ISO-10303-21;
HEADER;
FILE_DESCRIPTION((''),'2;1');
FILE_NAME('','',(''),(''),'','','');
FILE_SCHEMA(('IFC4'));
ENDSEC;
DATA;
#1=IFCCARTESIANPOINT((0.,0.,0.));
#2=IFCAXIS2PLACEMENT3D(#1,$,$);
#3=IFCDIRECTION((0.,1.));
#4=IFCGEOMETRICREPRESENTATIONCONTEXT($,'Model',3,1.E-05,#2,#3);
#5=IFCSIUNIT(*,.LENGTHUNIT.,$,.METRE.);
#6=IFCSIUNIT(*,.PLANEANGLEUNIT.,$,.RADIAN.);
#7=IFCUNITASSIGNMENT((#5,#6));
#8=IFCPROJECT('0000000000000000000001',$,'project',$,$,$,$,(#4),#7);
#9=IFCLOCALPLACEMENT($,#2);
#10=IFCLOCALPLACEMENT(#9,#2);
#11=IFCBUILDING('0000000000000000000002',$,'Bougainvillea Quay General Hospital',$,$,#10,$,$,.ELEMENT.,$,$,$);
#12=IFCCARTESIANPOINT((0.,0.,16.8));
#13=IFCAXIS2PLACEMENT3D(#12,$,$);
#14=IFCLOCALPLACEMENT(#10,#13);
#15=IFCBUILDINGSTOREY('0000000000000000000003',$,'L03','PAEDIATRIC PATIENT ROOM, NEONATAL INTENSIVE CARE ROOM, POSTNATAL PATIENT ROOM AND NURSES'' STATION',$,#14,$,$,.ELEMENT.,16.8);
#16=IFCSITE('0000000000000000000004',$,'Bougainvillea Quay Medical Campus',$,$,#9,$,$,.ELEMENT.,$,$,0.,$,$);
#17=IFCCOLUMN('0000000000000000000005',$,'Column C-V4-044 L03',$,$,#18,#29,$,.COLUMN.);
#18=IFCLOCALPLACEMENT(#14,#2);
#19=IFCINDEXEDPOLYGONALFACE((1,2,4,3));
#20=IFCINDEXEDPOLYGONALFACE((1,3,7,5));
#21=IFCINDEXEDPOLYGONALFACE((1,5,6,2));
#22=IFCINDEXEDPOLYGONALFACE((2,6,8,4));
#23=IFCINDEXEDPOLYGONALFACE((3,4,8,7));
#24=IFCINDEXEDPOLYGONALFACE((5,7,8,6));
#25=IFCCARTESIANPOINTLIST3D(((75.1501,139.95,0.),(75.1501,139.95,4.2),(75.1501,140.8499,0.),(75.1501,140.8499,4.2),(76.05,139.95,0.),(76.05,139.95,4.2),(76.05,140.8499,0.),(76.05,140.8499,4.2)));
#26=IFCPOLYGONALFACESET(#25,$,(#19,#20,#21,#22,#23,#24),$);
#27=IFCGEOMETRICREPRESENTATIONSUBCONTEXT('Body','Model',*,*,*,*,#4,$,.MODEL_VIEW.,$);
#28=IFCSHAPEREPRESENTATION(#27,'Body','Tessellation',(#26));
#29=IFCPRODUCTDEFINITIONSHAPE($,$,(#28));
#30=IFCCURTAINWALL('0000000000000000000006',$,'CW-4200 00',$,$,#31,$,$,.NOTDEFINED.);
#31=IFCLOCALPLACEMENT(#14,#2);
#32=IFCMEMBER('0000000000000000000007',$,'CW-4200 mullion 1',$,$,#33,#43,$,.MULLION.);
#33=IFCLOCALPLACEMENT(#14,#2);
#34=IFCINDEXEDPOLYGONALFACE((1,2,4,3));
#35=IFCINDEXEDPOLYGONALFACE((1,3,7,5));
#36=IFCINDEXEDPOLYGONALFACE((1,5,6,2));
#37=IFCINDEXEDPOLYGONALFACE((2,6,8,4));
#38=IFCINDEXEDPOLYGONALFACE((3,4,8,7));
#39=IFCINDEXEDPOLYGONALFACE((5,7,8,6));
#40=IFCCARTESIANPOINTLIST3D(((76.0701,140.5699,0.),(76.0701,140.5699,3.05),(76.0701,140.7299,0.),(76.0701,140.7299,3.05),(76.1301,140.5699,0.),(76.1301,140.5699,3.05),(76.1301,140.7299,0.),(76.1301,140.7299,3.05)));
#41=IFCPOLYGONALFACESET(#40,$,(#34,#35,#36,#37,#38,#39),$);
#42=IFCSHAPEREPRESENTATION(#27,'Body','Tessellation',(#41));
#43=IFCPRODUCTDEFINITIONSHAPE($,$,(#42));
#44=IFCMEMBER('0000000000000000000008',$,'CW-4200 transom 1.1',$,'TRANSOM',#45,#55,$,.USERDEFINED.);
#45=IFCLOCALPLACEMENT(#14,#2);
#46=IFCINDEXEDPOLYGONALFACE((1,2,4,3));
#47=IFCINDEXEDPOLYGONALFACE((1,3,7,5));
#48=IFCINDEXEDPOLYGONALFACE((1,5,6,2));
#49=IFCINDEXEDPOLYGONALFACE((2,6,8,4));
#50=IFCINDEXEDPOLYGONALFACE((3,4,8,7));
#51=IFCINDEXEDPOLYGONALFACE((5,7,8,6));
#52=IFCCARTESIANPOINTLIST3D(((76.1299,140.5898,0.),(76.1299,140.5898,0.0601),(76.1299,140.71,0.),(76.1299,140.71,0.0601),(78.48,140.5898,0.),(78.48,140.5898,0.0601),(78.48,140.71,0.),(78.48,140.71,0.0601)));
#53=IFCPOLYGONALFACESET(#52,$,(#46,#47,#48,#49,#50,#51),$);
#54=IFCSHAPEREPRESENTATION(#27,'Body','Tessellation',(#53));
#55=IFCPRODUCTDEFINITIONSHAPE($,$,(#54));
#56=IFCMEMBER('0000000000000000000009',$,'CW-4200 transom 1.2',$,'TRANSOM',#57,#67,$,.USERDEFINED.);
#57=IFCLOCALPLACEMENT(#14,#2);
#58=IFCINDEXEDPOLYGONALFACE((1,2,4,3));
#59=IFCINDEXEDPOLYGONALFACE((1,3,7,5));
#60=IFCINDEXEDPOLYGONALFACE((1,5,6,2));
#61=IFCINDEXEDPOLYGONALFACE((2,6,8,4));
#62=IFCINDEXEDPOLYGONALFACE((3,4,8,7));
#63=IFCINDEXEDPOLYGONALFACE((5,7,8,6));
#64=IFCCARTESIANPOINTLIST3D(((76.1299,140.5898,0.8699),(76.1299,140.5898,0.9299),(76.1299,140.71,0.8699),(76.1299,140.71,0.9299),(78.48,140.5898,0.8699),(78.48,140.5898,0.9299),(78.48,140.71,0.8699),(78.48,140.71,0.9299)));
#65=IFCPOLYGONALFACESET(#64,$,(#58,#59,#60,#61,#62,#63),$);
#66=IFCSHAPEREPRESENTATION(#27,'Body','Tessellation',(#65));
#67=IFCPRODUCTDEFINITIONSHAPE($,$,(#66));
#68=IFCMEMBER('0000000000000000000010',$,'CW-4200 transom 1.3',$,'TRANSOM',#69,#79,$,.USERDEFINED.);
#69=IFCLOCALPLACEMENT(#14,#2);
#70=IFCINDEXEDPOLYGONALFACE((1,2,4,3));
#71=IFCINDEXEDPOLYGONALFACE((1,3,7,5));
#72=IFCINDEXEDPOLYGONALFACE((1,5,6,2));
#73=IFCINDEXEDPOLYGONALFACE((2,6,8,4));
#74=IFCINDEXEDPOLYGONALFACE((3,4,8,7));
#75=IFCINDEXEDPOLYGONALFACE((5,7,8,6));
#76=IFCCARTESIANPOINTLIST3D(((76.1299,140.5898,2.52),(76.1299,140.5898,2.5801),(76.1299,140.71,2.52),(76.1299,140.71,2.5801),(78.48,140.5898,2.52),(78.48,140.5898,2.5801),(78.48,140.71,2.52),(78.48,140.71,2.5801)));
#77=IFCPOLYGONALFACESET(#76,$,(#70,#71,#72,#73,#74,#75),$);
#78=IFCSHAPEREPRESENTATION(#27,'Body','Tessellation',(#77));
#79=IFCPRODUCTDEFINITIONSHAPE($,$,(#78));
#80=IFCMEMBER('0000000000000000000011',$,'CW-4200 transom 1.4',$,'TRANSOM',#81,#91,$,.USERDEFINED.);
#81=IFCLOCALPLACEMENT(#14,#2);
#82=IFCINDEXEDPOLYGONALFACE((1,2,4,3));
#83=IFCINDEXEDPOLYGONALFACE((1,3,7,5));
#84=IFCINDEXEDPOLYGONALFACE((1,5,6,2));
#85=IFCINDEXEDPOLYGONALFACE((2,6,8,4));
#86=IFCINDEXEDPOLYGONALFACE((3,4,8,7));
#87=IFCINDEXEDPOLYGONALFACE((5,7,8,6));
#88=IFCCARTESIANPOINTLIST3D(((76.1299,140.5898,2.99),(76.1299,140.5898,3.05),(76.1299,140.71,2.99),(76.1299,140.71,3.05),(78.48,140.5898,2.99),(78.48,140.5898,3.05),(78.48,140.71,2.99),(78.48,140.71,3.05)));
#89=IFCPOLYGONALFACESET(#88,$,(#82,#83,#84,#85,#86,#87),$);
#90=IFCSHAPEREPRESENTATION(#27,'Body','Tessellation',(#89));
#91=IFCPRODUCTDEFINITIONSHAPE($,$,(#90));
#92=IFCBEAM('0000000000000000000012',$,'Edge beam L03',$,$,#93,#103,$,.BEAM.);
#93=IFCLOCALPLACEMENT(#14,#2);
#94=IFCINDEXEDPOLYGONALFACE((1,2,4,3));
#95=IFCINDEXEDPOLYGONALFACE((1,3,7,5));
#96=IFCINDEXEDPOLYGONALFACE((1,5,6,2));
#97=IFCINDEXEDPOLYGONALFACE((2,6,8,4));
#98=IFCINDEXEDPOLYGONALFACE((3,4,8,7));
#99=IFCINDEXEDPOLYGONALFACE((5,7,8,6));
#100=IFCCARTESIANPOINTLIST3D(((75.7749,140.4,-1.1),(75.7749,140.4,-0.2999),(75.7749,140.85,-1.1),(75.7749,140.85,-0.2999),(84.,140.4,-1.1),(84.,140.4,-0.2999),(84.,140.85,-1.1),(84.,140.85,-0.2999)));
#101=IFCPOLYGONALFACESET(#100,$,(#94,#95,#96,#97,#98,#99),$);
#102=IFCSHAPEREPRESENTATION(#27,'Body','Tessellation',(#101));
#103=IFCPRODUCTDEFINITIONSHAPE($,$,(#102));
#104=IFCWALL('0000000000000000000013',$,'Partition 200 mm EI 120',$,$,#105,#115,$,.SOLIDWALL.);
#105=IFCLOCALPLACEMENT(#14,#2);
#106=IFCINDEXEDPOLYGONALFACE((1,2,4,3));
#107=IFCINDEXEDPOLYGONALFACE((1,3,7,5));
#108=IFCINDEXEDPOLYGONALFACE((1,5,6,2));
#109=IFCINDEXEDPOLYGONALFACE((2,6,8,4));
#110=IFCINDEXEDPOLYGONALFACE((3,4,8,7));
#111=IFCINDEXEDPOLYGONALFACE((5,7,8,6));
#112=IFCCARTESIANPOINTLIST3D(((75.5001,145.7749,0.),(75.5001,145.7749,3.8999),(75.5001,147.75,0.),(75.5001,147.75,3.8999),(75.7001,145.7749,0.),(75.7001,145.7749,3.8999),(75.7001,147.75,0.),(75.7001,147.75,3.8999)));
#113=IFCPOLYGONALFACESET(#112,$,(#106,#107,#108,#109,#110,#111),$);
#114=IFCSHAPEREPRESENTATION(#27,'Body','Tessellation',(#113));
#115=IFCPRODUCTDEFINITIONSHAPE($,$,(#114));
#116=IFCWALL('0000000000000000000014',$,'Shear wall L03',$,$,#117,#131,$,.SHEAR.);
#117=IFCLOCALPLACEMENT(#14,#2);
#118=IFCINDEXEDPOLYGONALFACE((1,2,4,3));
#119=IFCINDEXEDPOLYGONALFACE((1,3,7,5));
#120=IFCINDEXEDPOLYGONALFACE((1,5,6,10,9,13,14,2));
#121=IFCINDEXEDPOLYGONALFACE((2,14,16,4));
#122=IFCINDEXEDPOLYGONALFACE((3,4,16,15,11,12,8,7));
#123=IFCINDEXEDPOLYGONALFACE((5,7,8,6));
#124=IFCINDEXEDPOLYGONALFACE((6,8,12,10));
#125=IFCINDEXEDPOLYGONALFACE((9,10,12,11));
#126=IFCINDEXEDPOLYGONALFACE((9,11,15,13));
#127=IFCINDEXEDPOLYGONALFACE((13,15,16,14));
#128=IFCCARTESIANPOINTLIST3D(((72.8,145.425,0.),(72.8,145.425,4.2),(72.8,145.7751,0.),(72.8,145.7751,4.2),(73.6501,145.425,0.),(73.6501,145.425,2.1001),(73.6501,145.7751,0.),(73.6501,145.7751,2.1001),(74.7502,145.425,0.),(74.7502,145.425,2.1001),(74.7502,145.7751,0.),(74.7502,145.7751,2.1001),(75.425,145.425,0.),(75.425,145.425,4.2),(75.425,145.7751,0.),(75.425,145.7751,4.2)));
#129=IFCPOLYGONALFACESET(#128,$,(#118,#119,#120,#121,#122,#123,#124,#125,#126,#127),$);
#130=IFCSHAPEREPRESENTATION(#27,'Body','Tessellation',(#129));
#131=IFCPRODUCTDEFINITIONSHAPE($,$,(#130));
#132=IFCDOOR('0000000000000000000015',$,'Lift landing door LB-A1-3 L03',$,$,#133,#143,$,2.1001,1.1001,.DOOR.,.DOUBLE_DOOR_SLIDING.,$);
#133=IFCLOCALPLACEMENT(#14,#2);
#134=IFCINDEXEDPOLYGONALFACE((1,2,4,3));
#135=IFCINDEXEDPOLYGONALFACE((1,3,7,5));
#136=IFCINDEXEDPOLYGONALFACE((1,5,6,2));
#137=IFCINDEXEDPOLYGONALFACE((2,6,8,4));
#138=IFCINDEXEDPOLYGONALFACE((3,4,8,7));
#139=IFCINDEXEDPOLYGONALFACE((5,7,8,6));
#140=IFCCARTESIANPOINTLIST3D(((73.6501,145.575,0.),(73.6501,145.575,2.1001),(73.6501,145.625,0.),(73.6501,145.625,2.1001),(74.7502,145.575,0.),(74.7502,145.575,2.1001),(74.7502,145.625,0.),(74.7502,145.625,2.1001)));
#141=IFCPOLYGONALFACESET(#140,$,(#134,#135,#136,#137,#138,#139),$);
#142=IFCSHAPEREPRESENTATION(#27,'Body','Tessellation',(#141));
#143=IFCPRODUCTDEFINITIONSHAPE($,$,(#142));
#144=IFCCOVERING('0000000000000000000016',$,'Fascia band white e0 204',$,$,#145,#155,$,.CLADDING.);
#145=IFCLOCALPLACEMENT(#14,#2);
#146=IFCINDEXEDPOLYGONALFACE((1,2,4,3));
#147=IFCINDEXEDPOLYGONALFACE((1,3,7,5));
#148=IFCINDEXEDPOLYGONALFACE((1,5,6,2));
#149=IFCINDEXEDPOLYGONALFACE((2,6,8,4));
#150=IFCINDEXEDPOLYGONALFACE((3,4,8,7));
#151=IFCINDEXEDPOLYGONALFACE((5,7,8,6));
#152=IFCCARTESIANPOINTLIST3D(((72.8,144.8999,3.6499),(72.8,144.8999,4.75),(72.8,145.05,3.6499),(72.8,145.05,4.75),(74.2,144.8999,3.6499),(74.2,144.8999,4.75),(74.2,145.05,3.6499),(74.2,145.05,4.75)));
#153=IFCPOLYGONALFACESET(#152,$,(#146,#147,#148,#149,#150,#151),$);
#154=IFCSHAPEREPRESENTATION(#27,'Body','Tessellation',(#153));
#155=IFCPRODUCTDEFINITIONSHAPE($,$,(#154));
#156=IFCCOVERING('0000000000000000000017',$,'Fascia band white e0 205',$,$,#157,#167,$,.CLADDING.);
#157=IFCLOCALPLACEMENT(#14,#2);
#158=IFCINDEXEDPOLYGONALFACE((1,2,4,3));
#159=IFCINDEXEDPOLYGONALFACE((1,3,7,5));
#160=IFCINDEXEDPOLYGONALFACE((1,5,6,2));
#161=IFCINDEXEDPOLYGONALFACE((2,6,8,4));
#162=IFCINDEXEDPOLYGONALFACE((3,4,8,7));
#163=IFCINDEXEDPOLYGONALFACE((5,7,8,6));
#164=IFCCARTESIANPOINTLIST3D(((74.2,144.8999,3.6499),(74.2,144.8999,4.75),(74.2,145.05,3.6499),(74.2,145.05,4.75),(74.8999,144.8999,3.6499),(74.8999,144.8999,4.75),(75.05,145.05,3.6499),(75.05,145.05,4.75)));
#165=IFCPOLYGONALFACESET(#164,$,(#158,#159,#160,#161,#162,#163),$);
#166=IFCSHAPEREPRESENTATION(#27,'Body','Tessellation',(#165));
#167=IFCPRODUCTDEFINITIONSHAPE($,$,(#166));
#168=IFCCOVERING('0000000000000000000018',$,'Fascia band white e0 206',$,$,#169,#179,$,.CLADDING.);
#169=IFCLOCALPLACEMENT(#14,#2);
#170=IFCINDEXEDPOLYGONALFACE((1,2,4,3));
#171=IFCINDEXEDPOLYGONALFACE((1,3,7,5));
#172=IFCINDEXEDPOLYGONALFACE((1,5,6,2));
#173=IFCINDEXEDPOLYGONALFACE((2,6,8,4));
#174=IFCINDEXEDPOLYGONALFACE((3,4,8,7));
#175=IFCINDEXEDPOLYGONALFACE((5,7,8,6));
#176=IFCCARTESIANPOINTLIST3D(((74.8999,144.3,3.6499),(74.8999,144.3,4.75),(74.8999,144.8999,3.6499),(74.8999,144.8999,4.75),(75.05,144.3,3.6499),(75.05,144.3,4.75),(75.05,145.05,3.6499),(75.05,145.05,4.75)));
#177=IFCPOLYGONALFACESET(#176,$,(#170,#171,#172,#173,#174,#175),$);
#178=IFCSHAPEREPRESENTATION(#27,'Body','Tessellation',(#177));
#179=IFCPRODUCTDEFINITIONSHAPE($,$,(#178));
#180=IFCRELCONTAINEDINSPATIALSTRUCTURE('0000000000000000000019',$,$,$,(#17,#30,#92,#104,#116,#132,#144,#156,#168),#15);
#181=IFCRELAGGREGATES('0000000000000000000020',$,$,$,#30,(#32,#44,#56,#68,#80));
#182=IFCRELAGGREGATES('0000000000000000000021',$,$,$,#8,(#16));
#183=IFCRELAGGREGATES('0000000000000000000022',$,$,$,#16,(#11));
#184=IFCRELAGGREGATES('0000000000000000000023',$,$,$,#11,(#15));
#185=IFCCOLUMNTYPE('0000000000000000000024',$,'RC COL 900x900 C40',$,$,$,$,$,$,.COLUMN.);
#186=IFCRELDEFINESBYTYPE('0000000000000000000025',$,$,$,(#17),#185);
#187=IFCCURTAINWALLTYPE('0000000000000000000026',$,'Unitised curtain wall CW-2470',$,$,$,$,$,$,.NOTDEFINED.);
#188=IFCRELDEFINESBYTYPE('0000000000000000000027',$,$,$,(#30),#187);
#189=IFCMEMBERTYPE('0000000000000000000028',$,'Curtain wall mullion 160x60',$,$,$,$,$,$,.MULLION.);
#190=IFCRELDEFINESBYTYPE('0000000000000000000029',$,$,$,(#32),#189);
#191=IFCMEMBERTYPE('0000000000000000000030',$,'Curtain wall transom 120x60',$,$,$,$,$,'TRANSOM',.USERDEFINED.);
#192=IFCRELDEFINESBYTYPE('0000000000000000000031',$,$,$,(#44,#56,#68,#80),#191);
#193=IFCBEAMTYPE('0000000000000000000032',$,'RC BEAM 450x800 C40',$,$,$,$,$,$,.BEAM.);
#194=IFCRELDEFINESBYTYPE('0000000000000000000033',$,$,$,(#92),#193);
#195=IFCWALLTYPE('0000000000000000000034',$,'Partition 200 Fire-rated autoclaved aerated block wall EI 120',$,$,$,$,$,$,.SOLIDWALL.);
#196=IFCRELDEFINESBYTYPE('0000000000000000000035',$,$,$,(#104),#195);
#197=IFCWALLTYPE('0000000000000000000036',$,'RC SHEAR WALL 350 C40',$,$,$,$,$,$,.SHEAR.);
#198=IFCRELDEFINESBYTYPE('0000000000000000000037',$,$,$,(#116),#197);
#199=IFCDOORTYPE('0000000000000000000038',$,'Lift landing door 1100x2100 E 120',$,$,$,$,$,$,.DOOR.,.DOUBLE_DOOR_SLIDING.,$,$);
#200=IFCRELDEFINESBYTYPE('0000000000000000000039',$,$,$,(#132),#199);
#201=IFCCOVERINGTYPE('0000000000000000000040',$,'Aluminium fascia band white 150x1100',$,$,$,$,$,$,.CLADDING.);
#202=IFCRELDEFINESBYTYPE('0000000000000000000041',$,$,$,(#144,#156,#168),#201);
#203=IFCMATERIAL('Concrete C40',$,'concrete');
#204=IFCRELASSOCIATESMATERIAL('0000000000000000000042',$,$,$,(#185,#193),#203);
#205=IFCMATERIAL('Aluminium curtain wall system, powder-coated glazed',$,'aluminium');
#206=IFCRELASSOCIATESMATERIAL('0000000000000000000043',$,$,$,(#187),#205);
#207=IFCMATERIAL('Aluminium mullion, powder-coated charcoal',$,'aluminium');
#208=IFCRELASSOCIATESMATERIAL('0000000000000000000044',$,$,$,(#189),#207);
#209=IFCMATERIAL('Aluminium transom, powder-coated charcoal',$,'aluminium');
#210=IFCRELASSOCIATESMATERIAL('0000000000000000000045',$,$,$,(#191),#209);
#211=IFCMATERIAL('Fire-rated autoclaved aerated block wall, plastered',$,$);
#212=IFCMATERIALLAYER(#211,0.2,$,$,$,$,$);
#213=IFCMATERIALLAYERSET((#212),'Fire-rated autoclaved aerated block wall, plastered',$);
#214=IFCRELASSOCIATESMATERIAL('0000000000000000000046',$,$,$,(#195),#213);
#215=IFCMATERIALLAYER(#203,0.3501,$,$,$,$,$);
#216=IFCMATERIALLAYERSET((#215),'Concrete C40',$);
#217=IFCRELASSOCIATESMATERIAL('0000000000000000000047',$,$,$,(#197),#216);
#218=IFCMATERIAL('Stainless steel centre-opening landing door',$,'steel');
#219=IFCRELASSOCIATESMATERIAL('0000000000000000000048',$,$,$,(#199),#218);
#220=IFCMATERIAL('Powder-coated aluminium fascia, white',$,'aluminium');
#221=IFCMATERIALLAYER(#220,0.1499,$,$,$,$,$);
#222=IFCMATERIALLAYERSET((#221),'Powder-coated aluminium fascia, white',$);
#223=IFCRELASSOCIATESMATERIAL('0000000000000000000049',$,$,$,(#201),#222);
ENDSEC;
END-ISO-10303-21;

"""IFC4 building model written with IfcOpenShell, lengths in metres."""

from ifc_helpers import new_model, si_unit, direction, frame, frame_2d, origin, origin_2d, place, context, subcontext, project, spatial, polyline, rectangle, outline, extrude, material, layer, layer_set, material_profile, profile_set, type_object, element, fill, aggregate, save


model = new_model("IFC4")

# Units and contexts
model_context = context("Model", 3, precision=1e-05, world=origin(), true_north=direction((0.0, 1.0)))
body_context = subcontext(model_context, "Body", "Model", "MODEL_VIEW")
ifc_project = project(units=[si_unit("LENGTHUNIT", "METRE"), si_unit("PLANEANGLEUNIT", "RADIAN")], contexts=[model_context])

# Site, building, storey
site_placement = place(None, origin())
site = spatial("IfcSite", under=ifc_project, at=site_placement, Name="Bougainvillea Quay Medical Campus", CompositionType="ELEMENT", RefElevation=0.0)
building_placement = place(site_placement, origin())
building = spatial("IfcBuilding", under=site, at=building_placement, Name="Bougainvillea Quay General Hospital", CompositionType="ELEMENT")
storey_placement = place(building_placement, frame((0.0, 0.0, 16.8)))
storey = spatial("IfcBuildingStorey", under=building, at=storey_placement, Name="L03", Description="PAEDIATRIC PATIENT ROOM, NEONATAL INTENSIVE CARE ROOM, POSTNATAL PATIENT ROOM AND NURSES' STATION", CompositionType="ELEMENT", Elevation=16.8)

# Column
ifc_material_1 = material(Name="Concrete C40", Category="concrete")
ifc_material_profile_1 = material_profile(ifc_material_1, rectangle(XDim=0.8999, YDim=0.8999, at=origin_2d()))
ifc_profile_set_1 = profile_set([ifc_material_profile_1], Name="Concrete C40")
column_type = type_object("IfcColumnType", Name="RC COL 900x900 C40", PredefinedType="COLUMN", material=ifc_profile_set_1)
column_placement = place(storey_placement, frame((75.6001, 140.3999, 0.0), z_axis=(0.0, 0.0, 1.0), x_axis=(1.0, 0.0, 0.0)))
element("IfcColumn", 1, at=column_placement, inside=storey, type_object=column_type, Name="Column C-V4-044 L03", PredefinedType="COLUMN", context=body_context, shape_type="SweptSolid", body=[
    extrude(rectangle(XDim=0.8999, YDim=0.8999, at=origin_2d()), origin(), (0.0, 0.0, 1.0), 4.2),
])

# Curtain wall, members
ifc_material_2 = material(Name="Aluminium curtain wall system, powder-coated glazed", Category="aluminium")
curtain_wall_type = type_object("IfcCurtainWallType", Name="Unitised curtain wall CW-2470", PredefinedType="NOTDEFINED", material=ifc_material_2)
curtain_wall_placement = place(storey_placement, origin())
curtain_wall = element("IfcCurtainWall", 2, at=curtain_wall_placement, inside=storey, type_object=curtain_wall_type, Name="CW-4200 00", PredefinedType="NOTDEFINED")
ifc_material_3 = material(Name="Aluminium mullion, powder-coated charcoal", Category="aluminium")
ifc_material_profile_2 = material_profile(ifc_material_3, rectangle(XDim=0.1599, YDim=0.0601, at=origin_2d()))
ifc_profile_set_2 = profile_set([ifc_material_profile_2], Name="Aluminium mullion, powder-coated charcoal")
member_type_1 = type_object("IfcMemberType", Name="Curtain wall mullion 160x60", PredefinedType="MULLION", material=ifc_profile_set_2)
member_1_placement = place(storey_placement, frame((76.1001, 140.6499, 0.0), z_axis=(0.0, 0.0, 1.0), x_axis=(0.0, 1.0, 0.0)))
member_1 = element("IfcMember", 3, at=member_1_placement, type_object=member_type_1, Name="CW-4200 mullion 1", PredefinedType="MULLION", context=body_context, shape_type="SweptSolid", body=[
    extrude(rectangle(XDim=0.1599, YDim=0.0601, at=origin_2d()), origin(), (0.0, 0.0, 1.0), 3.05),
])
ifc_material_4 = material(Name="Aluminium transom, powder-coated charcoal", Category="aluminium")
ifc_material_profile_3 = material_profile(ifc_material_4, rectangle(XDim=0.1201, YDim=0.0601, at=origin_2d()))
ifc_profile_set_3 = profile_set([ifc_material_profile_3], Name="Aluminium transom, powder-coated charcoal")
member_type_2 = type_object("IfcMemberType", Name="Curtain wall transom 120x60", ElementType="TRANSOM", PredefinedType="USERDEFINED", material=ifc_profile_set_3)
member_2_placement = place(storey_placement, frame((76.1299, 140.6499, 0.03), z_axis=(1.0, 0.0, 0.0), x_axis=(0.0, 1.0, 0.0)))
member_2 = element("IfcMember", 4, at=member_2_placement, type_object=member_type_2, Name="CW-4200 transom 1.1", ObjectType="TRANSOM", PredefinedType="USERDEFINED", context=body_context, shape_type="SweptSolid", body=[
    extrude(rectangle(XDim=0.1201, YDim=0.0601, at=origin_2d()), origin(), (0.0, 0.0, 1.0), 2.3501),
])
member_3_placement = place(storey_placement, frame((76.1299, 140.6499, 0.8999), z_axis=(1.0, 0.0, 0.0), x_axis=(0.0, 1.0, 0.0)))
member_3 = element("IfcMember", 5, at=member_3_placement, type_object=member_type_2, Name="CW-4200 transom 1.2", ObjectType="TRANSOM", PredefinedType="USERDEFINED", context=body_context, shape_type="SweptSolid", body=[
    extrude(rectangle(XDim=0.1201, YDim=0.0601, at=origin_2d()), origin(), (0.0, 0.0, 1.0), 2.3501),
])
member_4_placement = place(storey_placement, frame((76.1299, 140.6499, 2.55), z_axis=(1.0, 0.0, 0.0), x_axis=(0.0, 1.0, 0.0)))
member_4 = element("IfcMember", 6, at=member_4_placement, type_object=member_type_2, Name="CW-4200 transom 1.3", ObjectType="TRANSOM", PredefinedType="USERDEFINED", context=body_context, shape_type="SweptSolid", body=[
    extrude(rectangle(XDim=0.1201, YDim=0.0601, at=origin_2d()), origin(), (0.0, 0.0, 1.0), 2.3501),
])
member_5_placement = place(storey_placement, frame((76.1299, 140.6499, 3.02), z_axis=(1.0, 0.0, 0.0), x_axis=(0.0, 1.0, 0.0)))
member_5 = element("IfcMember", 7, at=member_5_placement, type_object=member_type_2, Name="CW-4200 transom 1.4", ObjectType="TRANSOM", PredefinedType="USERDEFINED", context=body_context, shape_type="SweptSolid", body=[
    extrude(rectangle(XDim=0.1201, YDim=0.0601, at=origin_2d()), origin(), (0.0, 0.0, 1.0), 2.3501),
])
aggregate(curtain_wall, [member_1, member_2, member_3, member_4, member_5])

# Beam
ifc_material_profile_4 = material_profile(ifc_material_1, rectangle(XDim=0.45, YDim=0.8, at=origin_2d()))
ifc_profile_set_4 = profile_set([ifc_material_profile_4], Name="Concrete C40")
beam_type = type_object("IfcBeamType", Name="RC BEAM 450x800 C40", PredefinedType="BEAM", material=ifc_profile_set_4)
beam_placement = place(storey_placement, frame((75.7749, 140.625, -0.7), z_axis=(1.0, 0.0, 0.0), x_axis=(0.0, 1.0, 0.0)))
element("IfcBeam", 8, at=beam_placement, inside=storey, type_object=beam_type, Name="Edge beam L03", PredefinedType="BEAM", context=body_context, shape_type="SweptSolid", body=[
    extrude(rectangle(XDim=0.45, YDim=0.8, at=origin_2d()), origin(), (0.0, 0.0, 1.0), 8.2251),
])

# Wall
ifc_material_5 = material(Name="Fire-rated autoclaved aerated block wall, plastered")
ifc_layer_1 = layer(ifc_material_5, 0.2)
ifc_layer_set_1 = layer_set([ifc_layer_1], Name="Fire-rated autoclaved aerated block wall, plastered")
wall_type_1 = type_object("IfcWallType", Name="Partition 200 Fire-rated autoclaved aerated block wall EI 120", PredefinedType="SOLIDWALL", material=ifc_layer_set_1)
wall_1_placement = place(storey_placement, frame((75.6001, 145.7749, 0.0), z_axis=(0.0, 0.0, 1.0), x_axis=(0.0, 1.0, 0.0)))
element("IfcWall", 9, at=wall_1_placement, inside=storey, type_object=wall_type_1, Name="Partition 200 mm EI 120", PredefinedType="SOLIDWALL", context=body_context, shape_type="SweptSolid", body=[
    extrude(rectangle(XDim=1.9751, YDim=0.2, at=frame_2d((0.9875, 0.0))), origin(), (0.0, 0.0, 1.0), 3.8999),
])

# Wall, opening, door
ifc_layer_2 = layer(ifc_material_1, 0.3501)
ifc_layer_set_2 = layer_set([ifc_layer_2], Name="Concrete C40")
wall_type_2 = type_object("IfcWallType", Name="RC SHEAR WALL 350 C40", PredefinedType="SHEAR", material=ifc_layer_set_2)
wall_2_placement = place(storey_placement, frame((72.8, 145.6001, 0.0), z_axis=(0.0, 0.0, 1.0), x_axis=(1.0, 0.0, 0.0)))
wall_2 = element("IfcWall", 10, at=wall_2_placement, inside=storey, type_object=wall_type_2, Name="Shear wall L03", PredefinedType="SHEAR", context=body_context, shape_type="SweptSolid", body=[
    extrude(rectangle(XDim=2.625, YDim=0.3501, at=frame_2d((1.3125, 0.0))), origin(), (0.0, 0.0, 1.0), 4.2),
])
opening_placement = place(wall_2_placement, frame((0.8501, 0.0, 0.0)))
opening = element("IfcOpeningElement", 11, at=opening_placement, cuts=wall_2, PredefinedType="OPENING", context=body_context, shape_type="SweptSolid", body=[
    extrude(rectangle(XDim=1.1001, YDim=2.1001, at=frame_2d((0.55, 1.05))), frame((0.0, 0.1851, 0.0), z_axis=(0.0, -1.0, 0.0), x_axis=(1.0, 0.0, 0.0)), (0.0, 0.0, 1.0), 0.3701),
])
ifc_material_6 = material(Name="Stainless steel centre-opening landing door", Category="steel")
door_type = type_object("IfcDoorType", Name="Lift landing door 1100x2100 E 120", OperationType="DOUBLE_DOOR_SLIDING", PredefinedType="DOOR", material=ifc_material_6)
door_placement = place(opening_placement, origin())
door = element("IfcDoor", 12, at=door_placement, inside=storey, type_object=door_type, Name="Lift landing door LB-A1-3 L03", OperationType="DOUBLE_DOOR_SLIDING", OverallHeight=2.1001, OverallWidth=1.1001, PredefinedType="DOOR", context=body_context, shape_type="SweptSolid", body=[
    extrude(rectangle(XDim=1.1001, YDim=2.1001, at=frame_2d((0.55, 1.05))), frame((0.0, 0.0249, 0.0), z_axis=(0.0, -1.0, 0.0), x_axis=(1.0, 0.0, 0.0)), (0.0, 0.0, 1.0), 0.05),
])
fill(opening, door)

# Coverings
ifc_material_7 = material(Name="Powder-coated aluminium fascia, white", Category="aluminium")
ifc_layer_3 = layer(ifc_material_7, 0.1499)
ifc_layer_set_3 = layer_set([ifc_layer_3], Name="Powder-coated aluminium fascia, white")
covering_type = type_object("IfcCoveringType", Name="Aluminium fascia band white 150x1100", PredefinedType="CLADDING", material=ifc_layer_set_3)
covering_1_placement = place(storey_placement, frame((72.8, 145.05, 3.6499), z_axis=(0.0, 0.0, 1.0), x_axis=(1.0, 0.0, 0.0)))
element("IfcCovering", 13, at=covering_1_placement, inside=storey, type_object=covering_type, Name="Fascia band white e0 204", PredefinedType="CLADDING", context=body_context, shape_type="SweptSolid", body=[
    extrude(outline(polyline([(0.0, 0.0), (1.3999, 0.0), (1.3999, -0.1501), (0.0, -0.1501), (0.0, 0.0)])), origin(), (0.0, 0.0, 1.0), 1.1001),
])
covering_2_placement = place(storey_placement, frame((74.2, 145.05, 3.6499), z_axis=(0.0, 0.0, 1.0), x_axis=(1.0, 0.0, 0.0)))
element("IfcCovering", 14, at=covering_2_placement, inside=storey, type_object=covering_type, Name="Fascia band white e0 205", PredefinedType="CLADDING", context=body_context, shape_type="SweptSolid", body=[
    extrude(outline(polyline([(0.0, 0.0), (0.8501, 0.0), (0.7, -0.1501), (0.0, -0.1501), (0.0, 0.0)])), origin(), (0.0, 0.0, 1.0), 1.1001),
])
covering_3_placement = place(storey_placement, frame((75.05, 145.05, 3.6499), z_axis=(0.0, 0.0, 1.0), x_axis=(0.0, -1.0, 0.0)))
element("IfcCovering", 15, at=covering_3_placement, inside=storey, type_object=covering_type, Name="Fascia band white e0 206", PredefinedType="CLADDING", context=body_context, shape_type="SweptSolid", body=[
    extrude(outline(polyline([(0.0, 0.0), (0.75, 0.0), (0.75, -0.1501), (0.1501, -0.1501), (0.0, 0.0)])), origin(), (0.0, 0.0, 1.0), 1.1001),
])

save(model, "model.ifc")
